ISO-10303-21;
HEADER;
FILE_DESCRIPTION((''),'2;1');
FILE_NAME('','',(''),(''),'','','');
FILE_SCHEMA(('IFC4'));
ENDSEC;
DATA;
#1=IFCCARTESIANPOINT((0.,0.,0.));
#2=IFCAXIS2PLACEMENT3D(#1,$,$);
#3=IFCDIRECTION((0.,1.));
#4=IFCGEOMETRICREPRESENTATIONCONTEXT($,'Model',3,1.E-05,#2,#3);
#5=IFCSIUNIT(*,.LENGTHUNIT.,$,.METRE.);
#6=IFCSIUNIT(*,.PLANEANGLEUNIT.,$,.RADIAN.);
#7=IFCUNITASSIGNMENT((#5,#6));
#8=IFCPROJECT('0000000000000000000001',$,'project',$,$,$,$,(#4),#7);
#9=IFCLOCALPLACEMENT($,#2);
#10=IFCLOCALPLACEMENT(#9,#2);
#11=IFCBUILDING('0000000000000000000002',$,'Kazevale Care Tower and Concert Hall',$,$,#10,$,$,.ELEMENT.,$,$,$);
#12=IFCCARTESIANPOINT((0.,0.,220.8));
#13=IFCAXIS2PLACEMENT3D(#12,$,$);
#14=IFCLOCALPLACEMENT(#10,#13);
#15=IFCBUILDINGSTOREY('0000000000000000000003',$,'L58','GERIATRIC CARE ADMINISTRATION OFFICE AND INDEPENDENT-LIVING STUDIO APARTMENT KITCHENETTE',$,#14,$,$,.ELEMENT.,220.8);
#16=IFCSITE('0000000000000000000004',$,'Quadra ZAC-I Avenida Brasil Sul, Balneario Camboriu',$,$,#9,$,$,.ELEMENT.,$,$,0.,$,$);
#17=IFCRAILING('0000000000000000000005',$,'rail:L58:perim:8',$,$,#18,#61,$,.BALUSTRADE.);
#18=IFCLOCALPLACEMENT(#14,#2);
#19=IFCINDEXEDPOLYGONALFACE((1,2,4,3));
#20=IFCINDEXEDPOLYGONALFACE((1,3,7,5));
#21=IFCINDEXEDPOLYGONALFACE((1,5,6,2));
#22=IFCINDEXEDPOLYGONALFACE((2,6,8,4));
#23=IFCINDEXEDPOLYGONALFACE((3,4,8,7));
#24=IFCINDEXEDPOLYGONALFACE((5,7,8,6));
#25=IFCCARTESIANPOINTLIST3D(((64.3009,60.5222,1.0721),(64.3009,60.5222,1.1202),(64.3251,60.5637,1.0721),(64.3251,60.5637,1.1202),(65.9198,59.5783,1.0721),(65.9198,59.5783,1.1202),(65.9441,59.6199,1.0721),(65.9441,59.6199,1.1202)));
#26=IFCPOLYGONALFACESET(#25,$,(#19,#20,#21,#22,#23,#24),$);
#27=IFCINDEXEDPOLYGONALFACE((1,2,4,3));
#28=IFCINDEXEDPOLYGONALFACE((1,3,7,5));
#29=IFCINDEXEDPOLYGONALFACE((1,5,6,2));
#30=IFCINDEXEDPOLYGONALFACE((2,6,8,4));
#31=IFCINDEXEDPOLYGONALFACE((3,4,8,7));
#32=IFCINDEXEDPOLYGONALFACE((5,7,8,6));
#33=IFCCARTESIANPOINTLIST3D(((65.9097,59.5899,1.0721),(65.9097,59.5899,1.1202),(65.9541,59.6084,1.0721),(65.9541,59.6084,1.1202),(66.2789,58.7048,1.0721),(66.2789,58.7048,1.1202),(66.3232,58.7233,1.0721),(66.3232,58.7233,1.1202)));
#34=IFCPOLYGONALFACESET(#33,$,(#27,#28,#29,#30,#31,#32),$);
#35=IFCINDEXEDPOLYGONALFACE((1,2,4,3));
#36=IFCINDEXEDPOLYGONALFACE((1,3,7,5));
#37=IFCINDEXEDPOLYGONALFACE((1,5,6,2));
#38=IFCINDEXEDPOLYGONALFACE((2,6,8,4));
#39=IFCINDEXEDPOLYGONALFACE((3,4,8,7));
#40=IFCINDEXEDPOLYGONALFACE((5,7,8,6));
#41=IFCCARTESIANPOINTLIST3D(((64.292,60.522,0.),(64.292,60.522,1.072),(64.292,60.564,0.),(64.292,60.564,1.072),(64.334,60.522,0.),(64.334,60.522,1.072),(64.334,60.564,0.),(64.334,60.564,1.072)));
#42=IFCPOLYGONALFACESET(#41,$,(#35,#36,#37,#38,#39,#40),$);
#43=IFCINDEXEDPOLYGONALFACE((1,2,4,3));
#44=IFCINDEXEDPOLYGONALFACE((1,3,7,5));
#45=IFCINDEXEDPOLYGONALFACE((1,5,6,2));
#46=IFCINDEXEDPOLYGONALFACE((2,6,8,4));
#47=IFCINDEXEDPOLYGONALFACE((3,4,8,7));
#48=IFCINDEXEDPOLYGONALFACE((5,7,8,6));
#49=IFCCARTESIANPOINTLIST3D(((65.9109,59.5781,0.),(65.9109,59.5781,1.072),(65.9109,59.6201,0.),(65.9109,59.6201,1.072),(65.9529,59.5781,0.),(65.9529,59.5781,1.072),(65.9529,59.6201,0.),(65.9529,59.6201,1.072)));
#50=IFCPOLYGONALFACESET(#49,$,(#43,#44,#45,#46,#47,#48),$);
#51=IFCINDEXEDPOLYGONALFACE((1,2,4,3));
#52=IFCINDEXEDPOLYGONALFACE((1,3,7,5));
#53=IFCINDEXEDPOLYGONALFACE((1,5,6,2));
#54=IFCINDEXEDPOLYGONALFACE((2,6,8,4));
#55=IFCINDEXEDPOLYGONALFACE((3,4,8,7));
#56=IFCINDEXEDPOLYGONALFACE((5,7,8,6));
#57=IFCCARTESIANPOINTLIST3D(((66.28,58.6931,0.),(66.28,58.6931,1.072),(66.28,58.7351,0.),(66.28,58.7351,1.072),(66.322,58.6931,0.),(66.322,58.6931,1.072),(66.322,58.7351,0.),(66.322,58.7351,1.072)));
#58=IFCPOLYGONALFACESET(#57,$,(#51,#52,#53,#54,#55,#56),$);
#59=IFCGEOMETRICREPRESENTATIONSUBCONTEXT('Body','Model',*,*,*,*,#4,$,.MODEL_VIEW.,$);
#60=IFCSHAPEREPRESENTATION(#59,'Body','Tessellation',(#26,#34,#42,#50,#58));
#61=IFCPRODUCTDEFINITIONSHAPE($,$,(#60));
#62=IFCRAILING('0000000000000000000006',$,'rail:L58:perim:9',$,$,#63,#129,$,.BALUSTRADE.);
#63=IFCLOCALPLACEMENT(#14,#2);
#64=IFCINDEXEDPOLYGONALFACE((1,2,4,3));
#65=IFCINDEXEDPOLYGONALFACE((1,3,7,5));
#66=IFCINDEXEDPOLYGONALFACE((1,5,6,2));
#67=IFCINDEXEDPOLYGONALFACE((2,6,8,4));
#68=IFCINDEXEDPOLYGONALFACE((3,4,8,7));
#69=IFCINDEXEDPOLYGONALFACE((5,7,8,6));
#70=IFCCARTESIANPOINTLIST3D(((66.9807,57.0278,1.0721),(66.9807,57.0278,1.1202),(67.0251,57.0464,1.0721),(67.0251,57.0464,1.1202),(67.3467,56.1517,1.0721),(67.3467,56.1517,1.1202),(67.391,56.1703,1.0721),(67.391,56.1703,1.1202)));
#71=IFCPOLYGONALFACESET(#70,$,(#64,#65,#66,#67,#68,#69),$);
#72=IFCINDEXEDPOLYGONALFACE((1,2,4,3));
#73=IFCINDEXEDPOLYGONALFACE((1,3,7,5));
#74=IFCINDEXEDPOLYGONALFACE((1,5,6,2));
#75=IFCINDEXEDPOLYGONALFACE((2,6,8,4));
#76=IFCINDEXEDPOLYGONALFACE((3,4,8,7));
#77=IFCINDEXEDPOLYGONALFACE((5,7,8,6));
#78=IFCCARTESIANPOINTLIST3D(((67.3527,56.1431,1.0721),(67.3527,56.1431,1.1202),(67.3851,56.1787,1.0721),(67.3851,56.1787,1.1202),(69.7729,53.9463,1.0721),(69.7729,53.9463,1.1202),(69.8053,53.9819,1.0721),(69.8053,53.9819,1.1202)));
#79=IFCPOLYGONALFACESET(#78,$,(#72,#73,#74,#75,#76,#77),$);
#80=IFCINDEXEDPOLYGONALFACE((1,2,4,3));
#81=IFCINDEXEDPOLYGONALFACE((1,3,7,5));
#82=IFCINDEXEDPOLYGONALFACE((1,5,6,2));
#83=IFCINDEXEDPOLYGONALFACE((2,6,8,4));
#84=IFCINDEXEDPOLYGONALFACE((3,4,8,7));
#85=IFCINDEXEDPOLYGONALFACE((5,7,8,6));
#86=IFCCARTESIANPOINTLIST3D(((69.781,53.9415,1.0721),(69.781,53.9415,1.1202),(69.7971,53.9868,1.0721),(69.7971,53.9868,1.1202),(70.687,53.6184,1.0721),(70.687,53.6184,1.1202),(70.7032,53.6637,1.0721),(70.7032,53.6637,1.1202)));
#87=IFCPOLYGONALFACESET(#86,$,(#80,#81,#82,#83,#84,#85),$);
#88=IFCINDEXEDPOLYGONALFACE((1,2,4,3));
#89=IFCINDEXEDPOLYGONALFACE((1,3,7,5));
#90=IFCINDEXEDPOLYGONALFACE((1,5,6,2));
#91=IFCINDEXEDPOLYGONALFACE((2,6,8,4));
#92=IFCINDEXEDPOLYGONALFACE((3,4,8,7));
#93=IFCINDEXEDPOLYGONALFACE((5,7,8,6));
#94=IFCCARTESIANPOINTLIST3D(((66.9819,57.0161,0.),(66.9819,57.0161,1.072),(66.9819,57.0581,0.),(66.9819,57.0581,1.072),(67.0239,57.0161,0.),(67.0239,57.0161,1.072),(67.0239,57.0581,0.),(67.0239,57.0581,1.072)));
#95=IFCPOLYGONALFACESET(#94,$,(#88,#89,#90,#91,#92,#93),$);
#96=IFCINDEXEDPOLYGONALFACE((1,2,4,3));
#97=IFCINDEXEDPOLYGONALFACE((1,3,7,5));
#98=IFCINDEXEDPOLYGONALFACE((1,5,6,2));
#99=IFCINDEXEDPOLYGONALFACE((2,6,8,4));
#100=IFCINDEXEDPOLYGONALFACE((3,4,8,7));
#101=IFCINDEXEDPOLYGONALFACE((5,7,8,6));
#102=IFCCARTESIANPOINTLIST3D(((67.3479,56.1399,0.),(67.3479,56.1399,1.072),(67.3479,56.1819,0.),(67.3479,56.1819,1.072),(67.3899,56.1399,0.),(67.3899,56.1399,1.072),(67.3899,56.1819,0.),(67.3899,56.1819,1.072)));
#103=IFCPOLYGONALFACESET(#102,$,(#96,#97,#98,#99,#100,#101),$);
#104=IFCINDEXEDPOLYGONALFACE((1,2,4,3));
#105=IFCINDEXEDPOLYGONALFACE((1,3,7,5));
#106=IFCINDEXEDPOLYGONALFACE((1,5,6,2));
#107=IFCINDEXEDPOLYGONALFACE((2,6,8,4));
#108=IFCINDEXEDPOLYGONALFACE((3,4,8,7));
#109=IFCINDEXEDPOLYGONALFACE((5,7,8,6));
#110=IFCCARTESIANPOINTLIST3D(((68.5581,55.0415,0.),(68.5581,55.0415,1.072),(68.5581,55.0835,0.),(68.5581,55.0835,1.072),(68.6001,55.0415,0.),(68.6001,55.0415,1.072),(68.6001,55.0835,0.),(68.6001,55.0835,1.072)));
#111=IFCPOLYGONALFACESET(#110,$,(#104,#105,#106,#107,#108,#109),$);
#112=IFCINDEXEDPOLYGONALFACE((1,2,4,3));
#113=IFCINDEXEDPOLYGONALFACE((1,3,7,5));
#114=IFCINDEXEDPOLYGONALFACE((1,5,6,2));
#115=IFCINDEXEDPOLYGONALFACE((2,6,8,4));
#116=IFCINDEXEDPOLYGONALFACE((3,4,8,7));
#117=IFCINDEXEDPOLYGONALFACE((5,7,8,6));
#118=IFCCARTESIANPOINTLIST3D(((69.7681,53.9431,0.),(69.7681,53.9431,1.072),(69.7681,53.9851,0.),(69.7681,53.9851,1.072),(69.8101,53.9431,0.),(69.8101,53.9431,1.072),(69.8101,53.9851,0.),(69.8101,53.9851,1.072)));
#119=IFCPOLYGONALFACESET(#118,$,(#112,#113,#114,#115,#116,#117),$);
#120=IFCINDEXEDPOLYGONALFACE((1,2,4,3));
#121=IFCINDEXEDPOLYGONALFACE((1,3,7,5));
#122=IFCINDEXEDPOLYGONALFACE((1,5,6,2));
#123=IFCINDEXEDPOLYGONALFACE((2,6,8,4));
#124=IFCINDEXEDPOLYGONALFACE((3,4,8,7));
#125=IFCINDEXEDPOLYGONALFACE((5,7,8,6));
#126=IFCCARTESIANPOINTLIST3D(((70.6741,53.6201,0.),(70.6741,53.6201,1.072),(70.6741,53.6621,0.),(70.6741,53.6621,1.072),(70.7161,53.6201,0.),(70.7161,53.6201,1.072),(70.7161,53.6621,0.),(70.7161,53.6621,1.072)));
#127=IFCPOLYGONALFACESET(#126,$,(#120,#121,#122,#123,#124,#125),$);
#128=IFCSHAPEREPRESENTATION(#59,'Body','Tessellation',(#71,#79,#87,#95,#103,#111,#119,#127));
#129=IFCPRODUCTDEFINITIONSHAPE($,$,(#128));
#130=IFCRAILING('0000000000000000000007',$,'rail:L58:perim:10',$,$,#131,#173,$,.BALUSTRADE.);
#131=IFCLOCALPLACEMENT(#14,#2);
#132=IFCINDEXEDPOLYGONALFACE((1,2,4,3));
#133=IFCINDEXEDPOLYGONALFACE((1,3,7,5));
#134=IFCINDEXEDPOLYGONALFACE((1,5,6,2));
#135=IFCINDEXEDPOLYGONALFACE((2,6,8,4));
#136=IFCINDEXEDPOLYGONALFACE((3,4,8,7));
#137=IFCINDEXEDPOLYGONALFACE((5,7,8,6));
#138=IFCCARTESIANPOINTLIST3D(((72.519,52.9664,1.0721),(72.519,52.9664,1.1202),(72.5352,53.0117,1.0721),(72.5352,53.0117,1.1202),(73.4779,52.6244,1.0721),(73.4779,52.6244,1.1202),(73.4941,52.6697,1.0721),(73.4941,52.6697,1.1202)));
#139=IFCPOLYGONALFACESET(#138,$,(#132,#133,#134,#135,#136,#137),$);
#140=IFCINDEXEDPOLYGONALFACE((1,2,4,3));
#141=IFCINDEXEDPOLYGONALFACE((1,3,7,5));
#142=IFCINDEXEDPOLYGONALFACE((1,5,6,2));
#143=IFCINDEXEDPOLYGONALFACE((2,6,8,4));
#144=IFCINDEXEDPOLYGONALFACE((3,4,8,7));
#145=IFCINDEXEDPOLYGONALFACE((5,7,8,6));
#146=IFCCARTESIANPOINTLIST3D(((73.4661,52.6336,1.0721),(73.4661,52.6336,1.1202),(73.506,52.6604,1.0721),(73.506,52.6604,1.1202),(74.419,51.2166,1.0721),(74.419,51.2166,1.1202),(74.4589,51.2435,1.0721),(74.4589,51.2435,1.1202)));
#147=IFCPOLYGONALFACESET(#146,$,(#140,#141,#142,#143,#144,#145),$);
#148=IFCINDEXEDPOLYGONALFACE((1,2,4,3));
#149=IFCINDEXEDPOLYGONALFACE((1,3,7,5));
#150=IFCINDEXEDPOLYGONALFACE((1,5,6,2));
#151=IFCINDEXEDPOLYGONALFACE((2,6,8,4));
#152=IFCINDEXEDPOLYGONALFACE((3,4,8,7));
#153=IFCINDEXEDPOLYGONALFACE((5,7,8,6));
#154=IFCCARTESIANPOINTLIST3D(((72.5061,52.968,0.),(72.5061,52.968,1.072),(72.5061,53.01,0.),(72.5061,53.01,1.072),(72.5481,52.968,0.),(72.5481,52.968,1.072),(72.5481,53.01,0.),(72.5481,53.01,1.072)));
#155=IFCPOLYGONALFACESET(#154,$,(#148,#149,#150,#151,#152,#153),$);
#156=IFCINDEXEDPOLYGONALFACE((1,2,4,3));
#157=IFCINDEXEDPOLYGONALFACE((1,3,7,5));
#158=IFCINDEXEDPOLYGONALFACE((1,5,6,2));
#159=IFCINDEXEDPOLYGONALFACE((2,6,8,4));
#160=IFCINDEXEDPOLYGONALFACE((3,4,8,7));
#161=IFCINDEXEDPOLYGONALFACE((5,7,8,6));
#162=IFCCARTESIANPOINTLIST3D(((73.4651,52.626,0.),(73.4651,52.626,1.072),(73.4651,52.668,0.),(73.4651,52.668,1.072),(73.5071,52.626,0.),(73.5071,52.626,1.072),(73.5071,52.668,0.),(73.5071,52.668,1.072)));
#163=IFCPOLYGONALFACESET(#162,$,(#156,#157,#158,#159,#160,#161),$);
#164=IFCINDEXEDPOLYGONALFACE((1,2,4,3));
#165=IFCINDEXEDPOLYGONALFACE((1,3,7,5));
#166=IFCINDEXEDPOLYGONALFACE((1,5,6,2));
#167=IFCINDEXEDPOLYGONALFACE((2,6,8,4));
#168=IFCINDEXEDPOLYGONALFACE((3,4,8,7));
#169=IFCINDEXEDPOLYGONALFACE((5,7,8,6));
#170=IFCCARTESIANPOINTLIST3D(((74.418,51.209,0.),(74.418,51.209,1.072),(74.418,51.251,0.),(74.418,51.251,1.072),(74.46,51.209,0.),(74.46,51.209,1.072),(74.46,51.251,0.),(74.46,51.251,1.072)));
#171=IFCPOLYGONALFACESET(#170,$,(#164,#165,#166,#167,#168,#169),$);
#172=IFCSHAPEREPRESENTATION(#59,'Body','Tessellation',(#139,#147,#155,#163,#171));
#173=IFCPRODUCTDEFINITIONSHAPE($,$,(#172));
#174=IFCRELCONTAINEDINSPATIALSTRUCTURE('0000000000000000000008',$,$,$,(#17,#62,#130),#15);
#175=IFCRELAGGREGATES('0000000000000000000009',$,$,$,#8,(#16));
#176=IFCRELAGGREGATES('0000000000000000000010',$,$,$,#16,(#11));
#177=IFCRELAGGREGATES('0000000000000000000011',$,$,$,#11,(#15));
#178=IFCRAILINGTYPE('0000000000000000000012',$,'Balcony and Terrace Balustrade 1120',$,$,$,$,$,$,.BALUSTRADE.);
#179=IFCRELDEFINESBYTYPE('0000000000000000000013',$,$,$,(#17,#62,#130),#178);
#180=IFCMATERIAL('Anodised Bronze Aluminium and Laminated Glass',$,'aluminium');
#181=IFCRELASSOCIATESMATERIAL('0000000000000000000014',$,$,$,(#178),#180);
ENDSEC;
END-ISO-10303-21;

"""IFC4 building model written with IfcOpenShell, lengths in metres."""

from ifc_helpers import new_model, si_unit, direction, frame, origin, origin_2d, place, context, subcontext, project, spatial, rectangle, extrude, material, type_object, element, save


model = new_model("IFC4")

# Units and contexts
model_context = context("Model", 3, precision=1e-05, world=origin(), true_north=direction((0.0, 1.0)))
body_context = subcontext(model_context, "Body", "Model", "MODEL_VIEW")
ifc_project = project(units=[si_unit("LENGTHUNIT", "METRE"), si_unit("PLANEANGLEUNIT", "RADIAN")], contexts=[model_context])

# Site, building, storey
site_placement = place(None, origin())
site = spatial("IfcSite", under=ifc_project, at=site_placement, Name="Quadra ZAC-I Avenida Brasil Sul, Balneario Camboriu", CompositionType="ELEMENT", RefElevation=0.0)
building_placement = place(site_placement, origin())
building = spatial("IfcBuilding", under=site, at=building_placement, Name="Kazevale Care Tower and Concert Hall", CompositionType="ELEMENT")
storey_placement = place(building_placement, frame((0.0, 0.0, 220.8)))
storey = spatial("IfcBuildingStorey", under=building, at=storey_placement, Name="L58", Description="GERIATRIC CARE ADMINISTRATION OFFICE AND INDEPENDENT-LIVING STUDIO APARTMENT KITCHENETTE", CompositionType="ELEMENT", Elevation=220.8)

# Railings
ifc_material_1 = material(Name="Anodised Bronze Aluminium and Laminated Glass", Category="aluminium")
railing_type = type_object("IfcRailingType", Name="Balcony and Terrace Balustrade 1120", PredefinedType="BALUSTRADE", material=ifc_material_1)
railing_1_placement = place(storey_placement, frame((64.313, 60.543, 0.0)))
element("IfcRailing", 1, at=railing_1_placement, inside=storey, type_object=railing_type, Name="rail:L58:perim:8", PredefinedType="BALUSTRADE", context=body_context, shape_type="SweptSolid", body=[
    extrude(rectangle(XDim=0.0481, YDim=0.0481, at=origin_2d()), frame((0.0, 0.0, 1.0962), z_axis=(0.863897, -0.503669, 0.0), x_axis=(0.503669, 0.863897, 0.0)), (0.0, 0.0, 1.0), 1.874),
    extrude(rectangle(XDim=0.0481, YDim=0.0481, at=origin_2d()), frame((1.6189, -0.9438, 1.0962), z_axis=(0.384959, -0.922934, 0.0), x_axis=(0.922934, 0.384959, 0.0)), (0.0, 0.0, 1.0), 0.959),
    extrude(rectangle(XDim=0.042, YDim=0.042, at=origin_2d()), origin(), (0.0, 0.0, 1.0), 1.072),
    extrude(rectangle(XDim=0.042, YDim=0.042, at=origin_2d()), frame((1.6189, -0.9438, 0.0)), (0.0, 0.0, 1.0), 1.072),
    extrude(rectangle(XDim=0.042, YDim=0.042, at=origin_2d()), frame((1.988, -1.8289, 0.0)), (0.0, 0.0, 1.0), 1.072),
])
railing_2_placement = place(storey_placement, frame((67.0029, 57.0371, 0.0)))
element("IfcRailing", 2, at=railing_2_placement, inside=storey, type_object=railing_type, Name="rail:L58:perim:9", PredefinedType="BALUSTRADE", context=body_context, shape_type="SweptSolid", body=[
    extrude(rectangle(XDim=0.0481, YDim=0.0481, at=origin_2d()), frame((0.0, 0.0, 1.0962), z_axis=(0.3854, -0.92275, 0.0), x_axis=(0.92275, 0.3854, 0.0)), (0.0, 0.0, 1.0), 0.9495),
    extrude(rectangle(XDim=0.0481, YDim=0.0481, at=origin_2d()), frame((0.366, -0.8762, 1.0962), z_axis=(0.740454, -0.672107, 0.0), x_axis=(0.672107, 0.740454, 0.0)), (0.0, 0.0, 1.0), 3.2686),
    extrude(rectangle(XDim=0.0481, YDim=0.0481, at=origin_2d()), frame((2.7861, -3.073, 1.0962), z_axis=(0.941931, -0.335806, 0.0), x_axis=(0.335806, 0.941931, 0.0)), (0.0, 0.0, 1.0), 0.9619),
    extrude(rectangle(XDim=0.042, YDim=0.042, at=origin_2d()), origin(), (0.0, 0.0, 1.0), 1.072),
    extrude(rectangle(XDim=0.042, YDim=0.042, at=origin_2d()), frame((0.366, -0.8762, 0.0)), (0.0, 0.0, 1.0), 1.072),
    extrude(rectangle(XDim=0.042, YDim=0.042, at=origin_2d()), frame((1.5762, -1.9746, 0.0)), (0.0, 0.0, 1.0), 1.072),
    extrude(rectangle(XDim=0.042, YDim=0.042, at=origin_2d()), frame((2.7861, -3.073, 0.0)), (0.0, 0.0, 1.0), 1.072),
    extrude(rectangle(XDim=0.042, YDim=0.042, at=origin_2d()), frame((3.6921, -3.396, 0.0)), (0.0, 0.0, 1.0), 1.072),
])
railing_3_placement = place(storey_placement, frame((72.5271, 52.989, 0.0)))
element("IfcRailing", 3, at=railing_3_placement, inside=storey, type_object=railing_type, Name="rail:L58:perim:10", PredefinedType="BALUSTRADE", context=body_context, shape_type="SweptSolid", body=[
    extrude(rectangle(XDim=0.0481, YDim=0.0481, at=origin_2d()), frame((0.0, 0.0, 1.0962), z_axis=(0.941883, -0.335941, 0.0), x_axis=(0.335941, 0.941883, 0.0)), (0.0, 0.0, 1.0), 1.0181),
    extrude(rectangle(XDim=0.0481, YDim=0.0481, at=origin_2d()), frame((0.959, -0.342, 1.0962), z_axis=(0.558028, -0.829822, 0.0), x_axis=(0.829822, 0.558028, 0.0)), (0.0, 0.0, 1.0), 1.7075),
    extrude(rectangle(XDim=0.042, YDim=0.042, at=origin_2d()), origin(), (0.0, 0.0, 1.0), 1.072),
    extrude(rectangle(XDim=0.042, YDim=0.042, at=origin_2d()), frame((0.959, -0.342, 0.0)), (0.0, 0.0, 1.0), 1.072),
    extrude(rectangle(XDim=0.042, YDim=0.042, at=origin_2d()), frame((1.9119, -1.759, 0.0)), (0.0, 0.0, 1.0), 1.072),
])

save(model, "model.ifc")
